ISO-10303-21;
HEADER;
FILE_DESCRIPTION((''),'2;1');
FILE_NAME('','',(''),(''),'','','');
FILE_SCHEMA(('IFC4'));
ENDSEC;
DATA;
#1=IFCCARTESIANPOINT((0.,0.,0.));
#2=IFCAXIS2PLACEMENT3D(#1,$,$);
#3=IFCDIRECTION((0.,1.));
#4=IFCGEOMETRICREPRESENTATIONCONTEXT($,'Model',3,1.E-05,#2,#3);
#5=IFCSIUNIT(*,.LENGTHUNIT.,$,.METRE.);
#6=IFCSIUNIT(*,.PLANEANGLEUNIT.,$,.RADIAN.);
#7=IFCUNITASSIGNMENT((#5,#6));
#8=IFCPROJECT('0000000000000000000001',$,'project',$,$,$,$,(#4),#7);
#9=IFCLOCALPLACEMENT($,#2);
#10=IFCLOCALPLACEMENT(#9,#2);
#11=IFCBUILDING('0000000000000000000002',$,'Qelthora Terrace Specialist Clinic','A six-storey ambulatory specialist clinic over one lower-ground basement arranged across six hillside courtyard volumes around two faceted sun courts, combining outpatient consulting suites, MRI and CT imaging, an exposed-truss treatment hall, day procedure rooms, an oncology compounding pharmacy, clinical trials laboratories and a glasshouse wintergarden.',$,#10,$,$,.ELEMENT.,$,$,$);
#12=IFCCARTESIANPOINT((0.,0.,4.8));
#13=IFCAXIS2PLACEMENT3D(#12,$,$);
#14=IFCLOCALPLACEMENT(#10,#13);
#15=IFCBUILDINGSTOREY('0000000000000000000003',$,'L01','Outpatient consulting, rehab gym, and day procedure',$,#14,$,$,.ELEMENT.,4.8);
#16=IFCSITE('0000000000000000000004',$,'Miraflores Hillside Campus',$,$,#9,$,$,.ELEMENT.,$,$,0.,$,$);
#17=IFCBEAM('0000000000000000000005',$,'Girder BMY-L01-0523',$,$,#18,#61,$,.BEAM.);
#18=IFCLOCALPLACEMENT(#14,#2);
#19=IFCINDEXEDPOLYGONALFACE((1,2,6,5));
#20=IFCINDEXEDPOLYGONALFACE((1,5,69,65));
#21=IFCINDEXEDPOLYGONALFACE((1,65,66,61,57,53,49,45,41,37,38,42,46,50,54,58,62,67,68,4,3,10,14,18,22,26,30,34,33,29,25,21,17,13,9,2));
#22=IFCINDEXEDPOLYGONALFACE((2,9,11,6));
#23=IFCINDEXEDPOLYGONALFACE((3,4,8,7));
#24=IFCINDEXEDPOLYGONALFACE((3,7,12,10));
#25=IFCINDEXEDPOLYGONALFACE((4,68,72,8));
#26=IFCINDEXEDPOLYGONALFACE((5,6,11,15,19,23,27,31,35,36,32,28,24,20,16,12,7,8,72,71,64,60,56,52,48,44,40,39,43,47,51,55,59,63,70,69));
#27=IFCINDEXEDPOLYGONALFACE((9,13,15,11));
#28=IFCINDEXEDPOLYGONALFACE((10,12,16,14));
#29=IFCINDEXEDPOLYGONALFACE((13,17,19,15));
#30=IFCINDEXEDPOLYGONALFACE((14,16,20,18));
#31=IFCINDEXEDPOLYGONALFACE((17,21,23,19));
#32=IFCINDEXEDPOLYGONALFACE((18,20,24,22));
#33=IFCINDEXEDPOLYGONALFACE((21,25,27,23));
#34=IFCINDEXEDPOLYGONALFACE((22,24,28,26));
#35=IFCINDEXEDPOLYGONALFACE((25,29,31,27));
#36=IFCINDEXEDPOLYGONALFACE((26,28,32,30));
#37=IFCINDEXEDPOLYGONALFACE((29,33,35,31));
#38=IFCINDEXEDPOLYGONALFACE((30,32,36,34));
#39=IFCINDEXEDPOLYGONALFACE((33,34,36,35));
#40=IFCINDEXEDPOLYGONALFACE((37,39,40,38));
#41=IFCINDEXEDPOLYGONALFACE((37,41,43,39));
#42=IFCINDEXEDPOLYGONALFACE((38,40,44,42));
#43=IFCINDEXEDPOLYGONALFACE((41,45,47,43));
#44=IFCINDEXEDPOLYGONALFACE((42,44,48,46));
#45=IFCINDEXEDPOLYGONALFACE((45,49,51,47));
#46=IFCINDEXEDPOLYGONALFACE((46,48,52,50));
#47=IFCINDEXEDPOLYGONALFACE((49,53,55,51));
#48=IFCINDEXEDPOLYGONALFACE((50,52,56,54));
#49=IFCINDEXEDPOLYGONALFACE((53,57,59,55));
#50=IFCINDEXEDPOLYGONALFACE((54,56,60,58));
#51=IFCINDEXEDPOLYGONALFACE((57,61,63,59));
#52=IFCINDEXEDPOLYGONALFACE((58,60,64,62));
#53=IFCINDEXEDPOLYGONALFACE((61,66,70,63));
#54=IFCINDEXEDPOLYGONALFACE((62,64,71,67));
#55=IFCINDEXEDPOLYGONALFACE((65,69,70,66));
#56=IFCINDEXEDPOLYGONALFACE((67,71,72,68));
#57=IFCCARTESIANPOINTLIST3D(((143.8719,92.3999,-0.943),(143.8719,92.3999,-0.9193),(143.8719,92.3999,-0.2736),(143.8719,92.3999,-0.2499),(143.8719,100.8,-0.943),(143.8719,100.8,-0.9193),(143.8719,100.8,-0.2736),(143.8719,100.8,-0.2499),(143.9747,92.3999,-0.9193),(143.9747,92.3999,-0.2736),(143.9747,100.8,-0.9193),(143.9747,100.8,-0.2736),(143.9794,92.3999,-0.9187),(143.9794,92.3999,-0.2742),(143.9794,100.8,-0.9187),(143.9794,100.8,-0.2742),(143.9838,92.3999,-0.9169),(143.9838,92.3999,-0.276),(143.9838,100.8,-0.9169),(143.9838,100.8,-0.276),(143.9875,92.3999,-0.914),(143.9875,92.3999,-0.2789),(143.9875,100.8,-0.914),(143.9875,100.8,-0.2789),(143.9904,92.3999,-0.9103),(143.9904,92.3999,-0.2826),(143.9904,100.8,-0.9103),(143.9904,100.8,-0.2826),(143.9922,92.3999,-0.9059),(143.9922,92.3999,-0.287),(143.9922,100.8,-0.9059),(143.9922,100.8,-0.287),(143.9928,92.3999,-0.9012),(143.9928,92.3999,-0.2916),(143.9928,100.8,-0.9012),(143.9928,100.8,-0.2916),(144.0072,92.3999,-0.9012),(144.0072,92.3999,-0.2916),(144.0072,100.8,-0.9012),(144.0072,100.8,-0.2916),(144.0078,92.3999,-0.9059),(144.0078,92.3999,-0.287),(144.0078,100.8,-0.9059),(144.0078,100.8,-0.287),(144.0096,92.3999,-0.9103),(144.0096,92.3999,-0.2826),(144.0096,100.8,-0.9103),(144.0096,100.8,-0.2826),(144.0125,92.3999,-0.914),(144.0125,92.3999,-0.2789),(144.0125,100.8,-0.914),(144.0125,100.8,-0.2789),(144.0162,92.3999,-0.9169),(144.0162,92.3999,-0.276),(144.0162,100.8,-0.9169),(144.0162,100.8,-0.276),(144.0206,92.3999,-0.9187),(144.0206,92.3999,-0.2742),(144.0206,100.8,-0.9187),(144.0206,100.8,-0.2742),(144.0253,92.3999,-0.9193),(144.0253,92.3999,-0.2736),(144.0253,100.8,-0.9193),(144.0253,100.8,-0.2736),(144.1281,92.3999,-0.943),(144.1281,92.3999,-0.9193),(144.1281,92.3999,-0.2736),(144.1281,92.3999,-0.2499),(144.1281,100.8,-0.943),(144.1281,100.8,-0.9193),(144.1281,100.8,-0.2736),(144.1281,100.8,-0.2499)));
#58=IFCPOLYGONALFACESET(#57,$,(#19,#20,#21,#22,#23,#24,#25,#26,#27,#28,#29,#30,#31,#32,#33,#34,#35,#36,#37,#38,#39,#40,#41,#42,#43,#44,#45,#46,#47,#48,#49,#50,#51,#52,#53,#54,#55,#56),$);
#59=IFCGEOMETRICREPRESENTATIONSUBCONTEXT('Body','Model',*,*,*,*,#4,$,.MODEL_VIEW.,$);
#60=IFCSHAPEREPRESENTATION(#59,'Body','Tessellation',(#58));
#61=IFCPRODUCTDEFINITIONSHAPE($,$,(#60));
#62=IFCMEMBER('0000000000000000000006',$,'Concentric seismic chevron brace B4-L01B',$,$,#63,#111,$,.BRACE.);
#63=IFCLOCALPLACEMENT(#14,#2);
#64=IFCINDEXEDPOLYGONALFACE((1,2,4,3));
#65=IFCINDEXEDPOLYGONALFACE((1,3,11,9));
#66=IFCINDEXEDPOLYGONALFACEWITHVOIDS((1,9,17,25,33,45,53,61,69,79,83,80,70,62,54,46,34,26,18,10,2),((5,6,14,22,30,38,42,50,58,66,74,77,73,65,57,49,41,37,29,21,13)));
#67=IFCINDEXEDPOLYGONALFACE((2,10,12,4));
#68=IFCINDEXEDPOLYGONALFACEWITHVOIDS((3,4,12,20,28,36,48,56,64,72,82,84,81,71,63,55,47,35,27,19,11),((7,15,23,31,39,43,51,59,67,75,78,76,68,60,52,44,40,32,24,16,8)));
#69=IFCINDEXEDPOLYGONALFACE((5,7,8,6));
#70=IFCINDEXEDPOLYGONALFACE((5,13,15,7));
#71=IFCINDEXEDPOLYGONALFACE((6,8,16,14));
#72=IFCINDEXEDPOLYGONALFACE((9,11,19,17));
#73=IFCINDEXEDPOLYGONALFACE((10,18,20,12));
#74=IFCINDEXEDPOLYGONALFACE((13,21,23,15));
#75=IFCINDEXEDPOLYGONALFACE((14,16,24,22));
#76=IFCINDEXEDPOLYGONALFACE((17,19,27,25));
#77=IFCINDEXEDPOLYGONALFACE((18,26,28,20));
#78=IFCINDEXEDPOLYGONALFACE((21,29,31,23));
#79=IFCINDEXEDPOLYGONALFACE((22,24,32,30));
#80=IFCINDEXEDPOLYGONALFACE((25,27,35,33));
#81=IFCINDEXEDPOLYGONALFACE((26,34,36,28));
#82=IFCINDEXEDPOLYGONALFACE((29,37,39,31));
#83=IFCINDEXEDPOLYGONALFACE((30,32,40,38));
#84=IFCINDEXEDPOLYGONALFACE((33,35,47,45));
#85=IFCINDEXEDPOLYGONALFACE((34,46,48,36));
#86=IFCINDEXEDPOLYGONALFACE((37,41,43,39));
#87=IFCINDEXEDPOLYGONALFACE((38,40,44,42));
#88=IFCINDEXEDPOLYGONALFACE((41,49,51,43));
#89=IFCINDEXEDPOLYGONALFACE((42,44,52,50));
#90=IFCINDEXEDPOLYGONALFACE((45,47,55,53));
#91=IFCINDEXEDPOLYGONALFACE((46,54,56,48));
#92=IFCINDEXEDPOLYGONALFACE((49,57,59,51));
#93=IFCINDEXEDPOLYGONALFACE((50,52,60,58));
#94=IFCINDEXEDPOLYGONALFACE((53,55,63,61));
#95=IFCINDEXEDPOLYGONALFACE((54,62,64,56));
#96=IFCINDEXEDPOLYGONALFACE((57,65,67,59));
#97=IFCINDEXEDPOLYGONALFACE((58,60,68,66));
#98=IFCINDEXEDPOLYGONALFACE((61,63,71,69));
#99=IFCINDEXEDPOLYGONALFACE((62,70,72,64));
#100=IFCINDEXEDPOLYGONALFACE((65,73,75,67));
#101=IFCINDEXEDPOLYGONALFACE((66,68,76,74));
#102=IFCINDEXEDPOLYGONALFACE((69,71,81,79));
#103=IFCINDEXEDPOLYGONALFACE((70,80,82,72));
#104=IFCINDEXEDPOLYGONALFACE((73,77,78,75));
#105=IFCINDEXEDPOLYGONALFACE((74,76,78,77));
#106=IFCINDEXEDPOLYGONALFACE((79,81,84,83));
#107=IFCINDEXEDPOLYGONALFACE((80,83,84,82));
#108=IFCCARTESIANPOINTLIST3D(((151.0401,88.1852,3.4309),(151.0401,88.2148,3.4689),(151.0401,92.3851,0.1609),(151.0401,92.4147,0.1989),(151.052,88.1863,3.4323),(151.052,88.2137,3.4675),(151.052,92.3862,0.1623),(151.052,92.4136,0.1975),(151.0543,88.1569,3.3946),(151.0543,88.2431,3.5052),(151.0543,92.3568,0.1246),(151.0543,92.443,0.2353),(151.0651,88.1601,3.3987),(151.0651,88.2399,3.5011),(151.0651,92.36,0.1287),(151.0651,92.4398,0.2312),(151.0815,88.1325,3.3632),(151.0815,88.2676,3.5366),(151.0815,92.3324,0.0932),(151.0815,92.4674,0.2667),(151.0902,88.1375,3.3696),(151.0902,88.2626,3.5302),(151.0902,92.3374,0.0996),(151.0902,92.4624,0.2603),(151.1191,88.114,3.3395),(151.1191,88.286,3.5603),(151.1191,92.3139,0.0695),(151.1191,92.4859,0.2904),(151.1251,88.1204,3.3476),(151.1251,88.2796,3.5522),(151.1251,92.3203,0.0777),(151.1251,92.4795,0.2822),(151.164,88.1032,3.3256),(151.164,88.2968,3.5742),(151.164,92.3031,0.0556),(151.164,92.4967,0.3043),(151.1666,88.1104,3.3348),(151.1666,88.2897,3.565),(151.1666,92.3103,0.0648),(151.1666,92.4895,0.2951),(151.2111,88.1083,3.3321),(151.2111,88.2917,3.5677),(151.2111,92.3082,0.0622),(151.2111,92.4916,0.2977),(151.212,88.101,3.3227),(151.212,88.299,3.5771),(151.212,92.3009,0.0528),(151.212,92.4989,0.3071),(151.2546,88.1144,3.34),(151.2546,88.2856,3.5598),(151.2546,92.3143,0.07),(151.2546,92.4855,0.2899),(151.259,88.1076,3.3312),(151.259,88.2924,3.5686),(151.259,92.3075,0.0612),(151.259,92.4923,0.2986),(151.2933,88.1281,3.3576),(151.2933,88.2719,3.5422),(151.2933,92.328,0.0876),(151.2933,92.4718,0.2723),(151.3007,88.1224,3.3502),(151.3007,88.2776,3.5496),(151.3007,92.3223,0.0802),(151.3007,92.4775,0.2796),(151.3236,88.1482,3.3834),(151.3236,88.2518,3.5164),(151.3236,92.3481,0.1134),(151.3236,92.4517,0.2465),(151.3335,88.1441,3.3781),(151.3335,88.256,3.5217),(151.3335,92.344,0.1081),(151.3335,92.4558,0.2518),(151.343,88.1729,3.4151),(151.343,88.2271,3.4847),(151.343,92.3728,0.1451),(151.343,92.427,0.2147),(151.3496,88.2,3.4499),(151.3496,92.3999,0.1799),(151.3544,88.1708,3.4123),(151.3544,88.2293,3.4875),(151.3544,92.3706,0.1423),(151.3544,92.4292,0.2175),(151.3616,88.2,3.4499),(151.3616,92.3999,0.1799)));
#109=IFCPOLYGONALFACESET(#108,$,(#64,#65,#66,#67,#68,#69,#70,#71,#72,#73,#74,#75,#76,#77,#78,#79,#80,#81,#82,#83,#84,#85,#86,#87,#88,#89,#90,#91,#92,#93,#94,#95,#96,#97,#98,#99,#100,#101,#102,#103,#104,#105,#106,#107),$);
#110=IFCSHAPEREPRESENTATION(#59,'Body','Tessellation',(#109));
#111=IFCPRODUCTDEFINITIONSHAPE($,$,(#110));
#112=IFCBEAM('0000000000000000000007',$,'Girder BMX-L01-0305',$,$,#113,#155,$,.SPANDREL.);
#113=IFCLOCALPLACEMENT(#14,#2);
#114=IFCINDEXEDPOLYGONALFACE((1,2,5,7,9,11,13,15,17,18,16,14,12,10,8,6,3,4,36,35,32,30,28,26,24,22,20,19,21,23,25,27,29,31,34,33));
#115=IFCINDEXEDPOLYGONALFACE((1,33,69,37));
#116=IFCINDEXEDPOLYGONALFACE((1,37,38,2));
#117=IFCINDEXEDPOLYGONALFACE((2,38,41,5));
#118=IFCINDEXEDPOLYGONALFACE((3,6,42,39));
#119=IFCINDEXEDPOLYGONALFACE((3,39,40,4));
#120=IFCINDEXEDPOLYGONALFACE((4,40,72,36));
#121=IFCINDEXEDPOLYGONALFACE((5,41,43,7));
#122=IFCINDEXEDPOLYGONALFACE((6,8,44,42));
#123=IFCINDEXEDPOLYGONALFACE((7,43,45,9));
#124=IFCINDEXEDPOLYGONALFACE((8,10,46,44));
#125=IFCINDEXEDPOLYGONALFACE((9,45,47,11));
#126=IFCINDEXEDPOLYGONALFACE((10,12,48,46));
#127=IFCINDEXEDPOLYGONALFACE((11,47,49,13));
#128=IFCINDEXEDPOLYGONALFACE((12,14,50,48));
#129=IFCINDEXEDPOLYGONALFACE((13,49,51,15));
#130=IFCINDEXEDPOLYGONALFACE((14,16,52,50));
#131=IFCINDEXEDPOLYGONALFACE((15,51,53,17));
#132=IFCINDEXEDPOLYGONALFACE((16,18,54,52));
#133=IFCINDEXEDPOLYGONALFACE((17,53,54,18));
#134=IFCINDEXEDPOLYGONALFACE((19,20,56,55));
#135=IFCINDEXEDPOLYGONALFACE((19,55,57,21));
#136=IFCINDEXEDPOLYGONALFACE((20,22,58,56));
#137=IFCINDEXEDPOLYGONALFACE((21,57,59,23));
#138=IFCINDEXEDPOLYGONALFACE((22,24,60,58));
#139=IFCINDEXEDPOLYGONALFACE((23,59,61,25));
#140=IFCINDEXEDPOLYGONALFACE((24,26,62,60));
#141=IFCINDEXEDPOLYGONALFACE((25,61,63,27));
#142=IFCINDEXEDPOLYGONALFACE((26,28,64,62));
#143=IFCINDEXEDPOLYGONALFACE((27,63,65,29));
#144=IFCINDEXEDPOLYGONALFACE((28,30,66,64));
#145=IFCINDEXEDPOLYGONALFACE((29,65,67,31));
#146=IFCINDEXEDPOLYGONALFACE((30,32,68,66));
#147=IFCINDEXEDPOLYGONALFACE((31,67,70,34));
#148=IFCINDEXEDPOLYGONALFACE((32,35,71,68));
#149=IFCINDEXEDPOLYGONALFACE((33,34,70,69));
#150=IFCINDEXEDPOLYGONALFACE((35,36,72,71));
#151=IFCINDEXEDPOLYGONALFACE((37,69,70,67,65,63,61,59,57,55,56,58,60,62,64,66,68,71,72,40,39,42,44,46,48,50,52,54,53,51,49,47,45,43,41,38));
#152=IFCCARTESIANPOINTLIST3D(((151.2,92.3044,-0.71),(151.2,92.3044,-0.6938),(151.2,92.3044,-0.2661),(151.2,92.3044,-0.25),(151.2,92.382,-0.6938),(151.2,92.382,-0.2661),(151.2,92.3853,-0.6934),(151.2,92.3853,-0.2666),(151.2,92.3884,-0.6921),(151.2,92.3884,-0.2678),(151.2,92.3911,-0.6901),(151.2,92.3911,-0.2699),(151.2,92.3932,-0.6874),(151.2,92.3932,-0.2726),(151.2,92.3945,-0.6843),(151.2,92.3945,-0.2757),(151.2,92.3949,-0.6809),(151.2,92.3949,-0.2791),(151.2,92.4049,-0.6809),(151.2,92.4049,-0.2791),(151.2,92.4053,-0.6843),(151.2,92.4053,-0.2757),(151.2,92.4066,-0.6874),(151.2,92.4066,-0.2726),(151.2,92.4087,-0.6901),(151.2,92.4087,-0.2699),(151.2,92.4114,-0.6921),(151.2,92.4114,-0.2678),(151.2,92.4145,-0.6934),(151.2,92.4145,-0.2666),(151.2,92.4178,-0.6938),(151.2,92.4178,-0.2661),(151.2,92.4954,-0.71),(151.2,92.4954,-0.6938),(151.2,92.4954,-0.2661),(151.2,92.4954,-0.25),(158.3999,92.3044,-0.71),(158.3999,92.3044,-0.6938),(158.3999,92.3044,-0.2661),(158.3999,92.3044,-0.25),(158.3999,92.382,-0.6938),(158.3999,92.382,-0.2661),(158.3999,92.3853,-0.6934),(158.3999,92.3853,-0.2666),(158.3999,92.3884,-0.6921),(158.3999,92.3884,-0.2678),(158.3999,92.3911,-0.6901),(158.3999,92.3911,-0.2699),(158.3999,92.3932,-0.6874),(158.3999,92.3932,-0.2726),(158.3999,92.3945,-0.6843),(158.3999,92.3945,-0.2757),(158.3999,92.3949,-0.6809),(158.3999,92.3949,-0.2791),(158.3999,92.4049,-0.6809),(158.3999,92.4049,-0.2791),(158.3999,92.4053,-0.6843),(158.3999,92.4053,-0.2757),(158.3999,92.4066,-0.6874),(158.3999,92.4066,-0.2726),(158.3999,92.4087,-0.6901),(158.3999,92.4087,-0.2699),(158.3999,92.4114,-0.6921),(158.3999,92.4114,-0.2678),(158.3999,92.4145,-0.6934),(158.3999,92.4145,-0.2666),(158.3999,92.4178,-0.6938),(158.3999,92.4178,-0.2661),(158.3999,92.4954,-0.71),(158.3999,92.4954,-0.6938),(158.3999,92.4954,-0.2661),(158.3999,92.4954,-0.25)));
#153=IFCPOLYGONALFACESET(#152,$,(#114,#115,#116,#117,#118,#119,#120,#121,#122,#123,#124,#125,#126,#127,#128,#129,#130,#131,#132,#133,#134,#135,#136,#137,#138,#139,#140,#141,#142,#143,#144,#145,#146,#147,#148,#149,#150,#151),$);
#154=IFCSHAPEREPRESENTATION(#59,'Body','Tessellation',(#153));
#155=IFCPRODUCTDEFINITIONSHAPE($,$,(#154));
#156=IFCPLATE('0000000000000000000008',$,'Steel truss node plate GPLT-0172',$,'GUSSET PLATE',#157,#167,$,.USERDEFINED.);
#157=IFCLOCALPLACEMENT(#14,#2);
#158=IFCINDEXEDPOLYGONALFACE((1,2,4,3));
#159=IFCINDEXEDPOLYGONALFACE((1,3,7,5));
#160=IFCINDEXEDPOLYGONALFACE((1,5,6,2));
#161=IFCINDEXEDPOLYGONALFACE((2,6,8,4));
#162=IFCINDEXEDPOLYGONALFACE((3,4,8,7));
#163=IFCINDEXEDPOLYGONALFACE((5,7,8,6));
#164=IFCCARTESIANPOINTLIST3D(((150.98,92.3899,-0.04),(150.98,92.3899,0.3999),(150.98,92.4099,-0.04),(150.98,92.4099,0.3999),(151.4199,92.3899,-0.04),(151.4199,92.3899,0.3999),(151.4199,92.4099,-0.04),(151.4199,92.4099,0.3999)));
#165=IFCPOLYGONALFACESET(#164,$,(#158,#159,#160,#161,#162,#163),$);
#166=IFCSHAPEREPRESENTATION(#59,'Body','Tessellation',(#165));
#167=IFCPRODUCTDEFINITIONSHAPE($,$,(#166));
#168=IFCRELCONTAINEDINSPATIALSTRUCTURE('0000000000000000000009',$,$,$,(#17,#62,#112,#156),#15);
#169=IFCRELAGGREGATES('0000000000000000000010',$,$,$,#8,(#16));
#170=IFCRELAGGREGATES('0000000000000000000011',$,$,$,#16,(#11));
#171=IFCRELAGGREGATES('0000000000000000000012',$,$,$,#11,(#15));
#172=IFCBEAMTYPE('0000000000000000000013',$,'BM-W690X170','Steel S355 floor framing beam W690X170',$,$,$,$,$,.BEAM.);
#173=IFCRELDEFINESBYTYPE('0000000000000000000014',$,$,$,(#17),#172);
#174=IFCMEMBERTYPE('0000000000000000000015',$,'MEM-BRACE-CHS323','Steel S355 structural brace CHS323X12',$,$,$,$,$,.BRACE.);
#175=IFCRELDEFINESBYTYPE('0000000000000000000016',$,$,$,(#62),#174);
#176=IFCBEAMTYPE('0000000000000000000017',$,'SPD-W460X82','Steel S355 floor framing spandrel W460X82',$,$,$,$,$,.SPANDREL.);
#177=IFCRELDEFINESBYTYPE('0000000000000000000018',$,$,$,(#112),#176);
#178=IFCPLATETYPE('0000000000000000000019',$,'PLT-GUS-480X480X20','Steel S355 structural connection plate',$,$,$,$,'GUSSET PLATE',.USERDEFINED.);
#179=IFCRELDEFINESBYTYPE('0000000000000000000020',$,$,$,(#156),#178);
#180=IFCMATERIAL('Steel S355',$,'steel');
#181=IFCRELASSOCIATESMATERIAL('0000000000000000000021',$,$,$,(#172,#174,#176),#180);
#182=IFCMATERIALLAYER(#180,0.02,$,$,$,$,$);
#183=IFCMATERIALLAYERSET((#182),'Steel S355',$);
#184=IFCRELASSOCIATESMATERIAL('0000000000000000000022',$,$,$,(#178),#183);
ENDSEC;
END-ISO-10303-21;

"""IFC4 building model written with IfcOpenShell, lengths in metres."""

from ifc_helpers import new_model, si_unit, direction, frame, origin, origin_2d, place, context, subcontext, project, spatial, rectangle, hollow_circle, i_section, extrude, material, layer, layer_set, material_profile, profile_set, type_object, element, save


model = new_model("IFC4")

# Units and contexts
model_context = context("Model", 3, precision=1e-05, world=origin(), true_north=direction((0.0, 1.0)))
body_context = subcontext(model_context, "Body", "Model", "MODEL_VIEW")
ifc_project = project(units=[si_unit("LENGTHUNIT", "METRE"), si_unit("PLANEANGLEUNIT", "RADIAN")], contexts=[model_context])

# Site, building, storey
site_placement = place(None, origin())
site = spatial("IfcSite", under=ifc_project, at=site_placement, Name="Miraflores Hillside Campus", CompositionType="ELEMENT", RefElevation=0.0)
building_placement = place(site_placement, origin())
building = spatial("IfcBuilding", under=site, at=building_placement, Name="Qelthora Terrace Specialist Clinic", Description="A six-storey ambulatory specialist clinic over one lower-ground basement arranged across six hillside courtyard volumes around two faceted sun courts, combining outpatient consulting suites, MRI and CT imaging, an exposed-truss treatment hall, day procedure rooms, an oncology compounding pharmacy, clinical trials laboratories and a glasshouse wintergarden.", CompositionType="ELEMENT")
storey_placement = place(building_placement, frame((0.0, 0.0, 4.8)))
storey = spatial("IfcBuildingStorey", under=building, at=storey_placement, Name="L01", Description="Outpatient consulting, rehab gym, and day procedure", CompositionType="ELEMENT", Elevation=4.8)

# Shared definitions
ifc_material_1 = material(Name="Steel S355", Category="steel")

# Beam
ifc_material_profile_1 = material_profile(ifc_material_1, i_section(OverallWidth=0.2561, OverallDepth=0.6931, WebThickness=0.0144, FlangeThickness=0.0237, FilletRadius=0.0181, at=origin_2d()), Name="W690X170")
ifc_profile_set_1 = profile_set([ifc_material_profile_1], Name="Steel S355")
beam_type_1 = type_object("IfcBeamType", Name="BM-W690X170", Description="Steel S355 floor framing beam W690X170", PredefinedType="BEAM", material=ifc_profile_set_1)
beam_1_placement = place(storey_placement, frame((144.0, 92.3999, -0.5964), z_axis=(0.0, 1.0, 0.0), x_axis=(-1.0, 0.0, 0.0)))
element("IfcBeam", 1, at=beam_1_placement, inside=storey, type_object=beam_type_1, Name="Girder BMY-L01-0523", PredefinedType="BEAM", context=body_context, shape_type="SweptSolid", body=[
    extrude(i_section(OverallWidth=0.2561, OverallDepth=0.6931, WebThickness=0.0144, FlangeThickness=0.0237, FilletRadius=0.0181, at=origin_2d()), origin(), (0.0, 0.0, 1.0), 8.4001),
])

# Member
ifc_material_profile_2 = material_profile(ifc_material_1, hollow_circle(Radius=0.1616, WallThickness=0.012, at=origin_2d()), Name="CHS323X12")
ifc_profile_set_2 = profile_set([ifc_material_profile_2], Name="Steel S355")
member_type = type_object("IfcMemberType", Name="MEM-BRACE-CHS323", Description="Steel S355 structural brace CHS323X12", PredefinedType="BRACE", material=ifc_profile_set_2)
member_placement = place(storey_placement, frame((151.2, 92.3999, 0.1799), z_axis=(0.0, -0.789043, 0.614337), x_axis=(1.0, 0.0, 0.0)))
element("IfcMember", 2, at=member_placement, inside=storey, type_object=member_type, Name="Concentric seismic chevron brace B4-L01B", PredefinedType="BRACE", context=body_context, shape_type="SweptSolid", body=[
    extrude(hollow_circle(Radius=0.1616, WallThickness=0.012, at=origin_2d()), origin(), (0.0, 0.0, 1.0), 5.3228),
])

# Beam
ifc_material_profile_3 = material_profile(ifc_material_1, i_section(OverallWidth=0.1909, OverallDepth=0.46, WebThickness=0.01, FlangeThickness=0.0161, FilletRadius=0.0129, at=origin_2d()), Name="W460X82")
ifc_profile_set_3 = profile_set([ifc_material_profile_3], Name="Steel S355")
beam_type_2 = type_object("IfcBeamType", Name="SPD-W460X82", Description="Steel S355 floor framing spandrel W460X82", PredefinedType="SPANDREL", material=ifc_profile_set_3)
beam_2_placement = place(storey_placement, frame((151.2, 92.3999, -0.48), z_axis=(1.0, 0.0, 0.0), x_axis=(0.0, 1.0, 0.0)))
element("IfcBeam", 3, at=beam_2_placement, inside=storey, type_object=beam_type_2, Name="Girder BMX-L01-0305", PredefinedType="SPANDREL", context=body_context, shape_type="SweptSolid", body=[
    extrude(i_section(OverallWidth=0.1909, OverallDepth=0.46, WebThickness=0.01, FlangeThickness=0.0161, FilletRadius=0.0129, at=origin_2d()), origin(), (0.0, 0.0, 1.0), 7.2),
])

# Plate
ifc_layer_1 = layer(ifc_material_1, 0.02)
ifc_layer_set_1 = layer_set([ifc_layer_1], Name="Steel S355")
plate_type = type_object("IfcPlateType", Name="PLT-GUS-480X480X20", Description="Steel S355 structural connection plate", ElementType="GUSSET PLATE", PredefinedType="USERDEFINED", material=ifc_layer_set_1)
plate_placement = place(storey_placement, frame((151.2, 92.3999, -0.04), z_axis=(0.0, 0.0, 1.0), x_axis=(1.0, 0.0, 0.0)))
element("IfcPlate", 4, at=plate_placement, inside=storey, type_object=plate_type, Name="Steel truss node plate GPLT-0172", ObjectType="GUSSET PLATE", PredefinedType="USERDEFINED", context=body_context, shape_type="SweptSolid", body=[
    extrude(rectangle(XDim=0.4399, YDim=0.02, at=origin_2d()), origin(), (0.0, 0.0, 1.0), 0.4399),
])

save(model, "model.ifc")
